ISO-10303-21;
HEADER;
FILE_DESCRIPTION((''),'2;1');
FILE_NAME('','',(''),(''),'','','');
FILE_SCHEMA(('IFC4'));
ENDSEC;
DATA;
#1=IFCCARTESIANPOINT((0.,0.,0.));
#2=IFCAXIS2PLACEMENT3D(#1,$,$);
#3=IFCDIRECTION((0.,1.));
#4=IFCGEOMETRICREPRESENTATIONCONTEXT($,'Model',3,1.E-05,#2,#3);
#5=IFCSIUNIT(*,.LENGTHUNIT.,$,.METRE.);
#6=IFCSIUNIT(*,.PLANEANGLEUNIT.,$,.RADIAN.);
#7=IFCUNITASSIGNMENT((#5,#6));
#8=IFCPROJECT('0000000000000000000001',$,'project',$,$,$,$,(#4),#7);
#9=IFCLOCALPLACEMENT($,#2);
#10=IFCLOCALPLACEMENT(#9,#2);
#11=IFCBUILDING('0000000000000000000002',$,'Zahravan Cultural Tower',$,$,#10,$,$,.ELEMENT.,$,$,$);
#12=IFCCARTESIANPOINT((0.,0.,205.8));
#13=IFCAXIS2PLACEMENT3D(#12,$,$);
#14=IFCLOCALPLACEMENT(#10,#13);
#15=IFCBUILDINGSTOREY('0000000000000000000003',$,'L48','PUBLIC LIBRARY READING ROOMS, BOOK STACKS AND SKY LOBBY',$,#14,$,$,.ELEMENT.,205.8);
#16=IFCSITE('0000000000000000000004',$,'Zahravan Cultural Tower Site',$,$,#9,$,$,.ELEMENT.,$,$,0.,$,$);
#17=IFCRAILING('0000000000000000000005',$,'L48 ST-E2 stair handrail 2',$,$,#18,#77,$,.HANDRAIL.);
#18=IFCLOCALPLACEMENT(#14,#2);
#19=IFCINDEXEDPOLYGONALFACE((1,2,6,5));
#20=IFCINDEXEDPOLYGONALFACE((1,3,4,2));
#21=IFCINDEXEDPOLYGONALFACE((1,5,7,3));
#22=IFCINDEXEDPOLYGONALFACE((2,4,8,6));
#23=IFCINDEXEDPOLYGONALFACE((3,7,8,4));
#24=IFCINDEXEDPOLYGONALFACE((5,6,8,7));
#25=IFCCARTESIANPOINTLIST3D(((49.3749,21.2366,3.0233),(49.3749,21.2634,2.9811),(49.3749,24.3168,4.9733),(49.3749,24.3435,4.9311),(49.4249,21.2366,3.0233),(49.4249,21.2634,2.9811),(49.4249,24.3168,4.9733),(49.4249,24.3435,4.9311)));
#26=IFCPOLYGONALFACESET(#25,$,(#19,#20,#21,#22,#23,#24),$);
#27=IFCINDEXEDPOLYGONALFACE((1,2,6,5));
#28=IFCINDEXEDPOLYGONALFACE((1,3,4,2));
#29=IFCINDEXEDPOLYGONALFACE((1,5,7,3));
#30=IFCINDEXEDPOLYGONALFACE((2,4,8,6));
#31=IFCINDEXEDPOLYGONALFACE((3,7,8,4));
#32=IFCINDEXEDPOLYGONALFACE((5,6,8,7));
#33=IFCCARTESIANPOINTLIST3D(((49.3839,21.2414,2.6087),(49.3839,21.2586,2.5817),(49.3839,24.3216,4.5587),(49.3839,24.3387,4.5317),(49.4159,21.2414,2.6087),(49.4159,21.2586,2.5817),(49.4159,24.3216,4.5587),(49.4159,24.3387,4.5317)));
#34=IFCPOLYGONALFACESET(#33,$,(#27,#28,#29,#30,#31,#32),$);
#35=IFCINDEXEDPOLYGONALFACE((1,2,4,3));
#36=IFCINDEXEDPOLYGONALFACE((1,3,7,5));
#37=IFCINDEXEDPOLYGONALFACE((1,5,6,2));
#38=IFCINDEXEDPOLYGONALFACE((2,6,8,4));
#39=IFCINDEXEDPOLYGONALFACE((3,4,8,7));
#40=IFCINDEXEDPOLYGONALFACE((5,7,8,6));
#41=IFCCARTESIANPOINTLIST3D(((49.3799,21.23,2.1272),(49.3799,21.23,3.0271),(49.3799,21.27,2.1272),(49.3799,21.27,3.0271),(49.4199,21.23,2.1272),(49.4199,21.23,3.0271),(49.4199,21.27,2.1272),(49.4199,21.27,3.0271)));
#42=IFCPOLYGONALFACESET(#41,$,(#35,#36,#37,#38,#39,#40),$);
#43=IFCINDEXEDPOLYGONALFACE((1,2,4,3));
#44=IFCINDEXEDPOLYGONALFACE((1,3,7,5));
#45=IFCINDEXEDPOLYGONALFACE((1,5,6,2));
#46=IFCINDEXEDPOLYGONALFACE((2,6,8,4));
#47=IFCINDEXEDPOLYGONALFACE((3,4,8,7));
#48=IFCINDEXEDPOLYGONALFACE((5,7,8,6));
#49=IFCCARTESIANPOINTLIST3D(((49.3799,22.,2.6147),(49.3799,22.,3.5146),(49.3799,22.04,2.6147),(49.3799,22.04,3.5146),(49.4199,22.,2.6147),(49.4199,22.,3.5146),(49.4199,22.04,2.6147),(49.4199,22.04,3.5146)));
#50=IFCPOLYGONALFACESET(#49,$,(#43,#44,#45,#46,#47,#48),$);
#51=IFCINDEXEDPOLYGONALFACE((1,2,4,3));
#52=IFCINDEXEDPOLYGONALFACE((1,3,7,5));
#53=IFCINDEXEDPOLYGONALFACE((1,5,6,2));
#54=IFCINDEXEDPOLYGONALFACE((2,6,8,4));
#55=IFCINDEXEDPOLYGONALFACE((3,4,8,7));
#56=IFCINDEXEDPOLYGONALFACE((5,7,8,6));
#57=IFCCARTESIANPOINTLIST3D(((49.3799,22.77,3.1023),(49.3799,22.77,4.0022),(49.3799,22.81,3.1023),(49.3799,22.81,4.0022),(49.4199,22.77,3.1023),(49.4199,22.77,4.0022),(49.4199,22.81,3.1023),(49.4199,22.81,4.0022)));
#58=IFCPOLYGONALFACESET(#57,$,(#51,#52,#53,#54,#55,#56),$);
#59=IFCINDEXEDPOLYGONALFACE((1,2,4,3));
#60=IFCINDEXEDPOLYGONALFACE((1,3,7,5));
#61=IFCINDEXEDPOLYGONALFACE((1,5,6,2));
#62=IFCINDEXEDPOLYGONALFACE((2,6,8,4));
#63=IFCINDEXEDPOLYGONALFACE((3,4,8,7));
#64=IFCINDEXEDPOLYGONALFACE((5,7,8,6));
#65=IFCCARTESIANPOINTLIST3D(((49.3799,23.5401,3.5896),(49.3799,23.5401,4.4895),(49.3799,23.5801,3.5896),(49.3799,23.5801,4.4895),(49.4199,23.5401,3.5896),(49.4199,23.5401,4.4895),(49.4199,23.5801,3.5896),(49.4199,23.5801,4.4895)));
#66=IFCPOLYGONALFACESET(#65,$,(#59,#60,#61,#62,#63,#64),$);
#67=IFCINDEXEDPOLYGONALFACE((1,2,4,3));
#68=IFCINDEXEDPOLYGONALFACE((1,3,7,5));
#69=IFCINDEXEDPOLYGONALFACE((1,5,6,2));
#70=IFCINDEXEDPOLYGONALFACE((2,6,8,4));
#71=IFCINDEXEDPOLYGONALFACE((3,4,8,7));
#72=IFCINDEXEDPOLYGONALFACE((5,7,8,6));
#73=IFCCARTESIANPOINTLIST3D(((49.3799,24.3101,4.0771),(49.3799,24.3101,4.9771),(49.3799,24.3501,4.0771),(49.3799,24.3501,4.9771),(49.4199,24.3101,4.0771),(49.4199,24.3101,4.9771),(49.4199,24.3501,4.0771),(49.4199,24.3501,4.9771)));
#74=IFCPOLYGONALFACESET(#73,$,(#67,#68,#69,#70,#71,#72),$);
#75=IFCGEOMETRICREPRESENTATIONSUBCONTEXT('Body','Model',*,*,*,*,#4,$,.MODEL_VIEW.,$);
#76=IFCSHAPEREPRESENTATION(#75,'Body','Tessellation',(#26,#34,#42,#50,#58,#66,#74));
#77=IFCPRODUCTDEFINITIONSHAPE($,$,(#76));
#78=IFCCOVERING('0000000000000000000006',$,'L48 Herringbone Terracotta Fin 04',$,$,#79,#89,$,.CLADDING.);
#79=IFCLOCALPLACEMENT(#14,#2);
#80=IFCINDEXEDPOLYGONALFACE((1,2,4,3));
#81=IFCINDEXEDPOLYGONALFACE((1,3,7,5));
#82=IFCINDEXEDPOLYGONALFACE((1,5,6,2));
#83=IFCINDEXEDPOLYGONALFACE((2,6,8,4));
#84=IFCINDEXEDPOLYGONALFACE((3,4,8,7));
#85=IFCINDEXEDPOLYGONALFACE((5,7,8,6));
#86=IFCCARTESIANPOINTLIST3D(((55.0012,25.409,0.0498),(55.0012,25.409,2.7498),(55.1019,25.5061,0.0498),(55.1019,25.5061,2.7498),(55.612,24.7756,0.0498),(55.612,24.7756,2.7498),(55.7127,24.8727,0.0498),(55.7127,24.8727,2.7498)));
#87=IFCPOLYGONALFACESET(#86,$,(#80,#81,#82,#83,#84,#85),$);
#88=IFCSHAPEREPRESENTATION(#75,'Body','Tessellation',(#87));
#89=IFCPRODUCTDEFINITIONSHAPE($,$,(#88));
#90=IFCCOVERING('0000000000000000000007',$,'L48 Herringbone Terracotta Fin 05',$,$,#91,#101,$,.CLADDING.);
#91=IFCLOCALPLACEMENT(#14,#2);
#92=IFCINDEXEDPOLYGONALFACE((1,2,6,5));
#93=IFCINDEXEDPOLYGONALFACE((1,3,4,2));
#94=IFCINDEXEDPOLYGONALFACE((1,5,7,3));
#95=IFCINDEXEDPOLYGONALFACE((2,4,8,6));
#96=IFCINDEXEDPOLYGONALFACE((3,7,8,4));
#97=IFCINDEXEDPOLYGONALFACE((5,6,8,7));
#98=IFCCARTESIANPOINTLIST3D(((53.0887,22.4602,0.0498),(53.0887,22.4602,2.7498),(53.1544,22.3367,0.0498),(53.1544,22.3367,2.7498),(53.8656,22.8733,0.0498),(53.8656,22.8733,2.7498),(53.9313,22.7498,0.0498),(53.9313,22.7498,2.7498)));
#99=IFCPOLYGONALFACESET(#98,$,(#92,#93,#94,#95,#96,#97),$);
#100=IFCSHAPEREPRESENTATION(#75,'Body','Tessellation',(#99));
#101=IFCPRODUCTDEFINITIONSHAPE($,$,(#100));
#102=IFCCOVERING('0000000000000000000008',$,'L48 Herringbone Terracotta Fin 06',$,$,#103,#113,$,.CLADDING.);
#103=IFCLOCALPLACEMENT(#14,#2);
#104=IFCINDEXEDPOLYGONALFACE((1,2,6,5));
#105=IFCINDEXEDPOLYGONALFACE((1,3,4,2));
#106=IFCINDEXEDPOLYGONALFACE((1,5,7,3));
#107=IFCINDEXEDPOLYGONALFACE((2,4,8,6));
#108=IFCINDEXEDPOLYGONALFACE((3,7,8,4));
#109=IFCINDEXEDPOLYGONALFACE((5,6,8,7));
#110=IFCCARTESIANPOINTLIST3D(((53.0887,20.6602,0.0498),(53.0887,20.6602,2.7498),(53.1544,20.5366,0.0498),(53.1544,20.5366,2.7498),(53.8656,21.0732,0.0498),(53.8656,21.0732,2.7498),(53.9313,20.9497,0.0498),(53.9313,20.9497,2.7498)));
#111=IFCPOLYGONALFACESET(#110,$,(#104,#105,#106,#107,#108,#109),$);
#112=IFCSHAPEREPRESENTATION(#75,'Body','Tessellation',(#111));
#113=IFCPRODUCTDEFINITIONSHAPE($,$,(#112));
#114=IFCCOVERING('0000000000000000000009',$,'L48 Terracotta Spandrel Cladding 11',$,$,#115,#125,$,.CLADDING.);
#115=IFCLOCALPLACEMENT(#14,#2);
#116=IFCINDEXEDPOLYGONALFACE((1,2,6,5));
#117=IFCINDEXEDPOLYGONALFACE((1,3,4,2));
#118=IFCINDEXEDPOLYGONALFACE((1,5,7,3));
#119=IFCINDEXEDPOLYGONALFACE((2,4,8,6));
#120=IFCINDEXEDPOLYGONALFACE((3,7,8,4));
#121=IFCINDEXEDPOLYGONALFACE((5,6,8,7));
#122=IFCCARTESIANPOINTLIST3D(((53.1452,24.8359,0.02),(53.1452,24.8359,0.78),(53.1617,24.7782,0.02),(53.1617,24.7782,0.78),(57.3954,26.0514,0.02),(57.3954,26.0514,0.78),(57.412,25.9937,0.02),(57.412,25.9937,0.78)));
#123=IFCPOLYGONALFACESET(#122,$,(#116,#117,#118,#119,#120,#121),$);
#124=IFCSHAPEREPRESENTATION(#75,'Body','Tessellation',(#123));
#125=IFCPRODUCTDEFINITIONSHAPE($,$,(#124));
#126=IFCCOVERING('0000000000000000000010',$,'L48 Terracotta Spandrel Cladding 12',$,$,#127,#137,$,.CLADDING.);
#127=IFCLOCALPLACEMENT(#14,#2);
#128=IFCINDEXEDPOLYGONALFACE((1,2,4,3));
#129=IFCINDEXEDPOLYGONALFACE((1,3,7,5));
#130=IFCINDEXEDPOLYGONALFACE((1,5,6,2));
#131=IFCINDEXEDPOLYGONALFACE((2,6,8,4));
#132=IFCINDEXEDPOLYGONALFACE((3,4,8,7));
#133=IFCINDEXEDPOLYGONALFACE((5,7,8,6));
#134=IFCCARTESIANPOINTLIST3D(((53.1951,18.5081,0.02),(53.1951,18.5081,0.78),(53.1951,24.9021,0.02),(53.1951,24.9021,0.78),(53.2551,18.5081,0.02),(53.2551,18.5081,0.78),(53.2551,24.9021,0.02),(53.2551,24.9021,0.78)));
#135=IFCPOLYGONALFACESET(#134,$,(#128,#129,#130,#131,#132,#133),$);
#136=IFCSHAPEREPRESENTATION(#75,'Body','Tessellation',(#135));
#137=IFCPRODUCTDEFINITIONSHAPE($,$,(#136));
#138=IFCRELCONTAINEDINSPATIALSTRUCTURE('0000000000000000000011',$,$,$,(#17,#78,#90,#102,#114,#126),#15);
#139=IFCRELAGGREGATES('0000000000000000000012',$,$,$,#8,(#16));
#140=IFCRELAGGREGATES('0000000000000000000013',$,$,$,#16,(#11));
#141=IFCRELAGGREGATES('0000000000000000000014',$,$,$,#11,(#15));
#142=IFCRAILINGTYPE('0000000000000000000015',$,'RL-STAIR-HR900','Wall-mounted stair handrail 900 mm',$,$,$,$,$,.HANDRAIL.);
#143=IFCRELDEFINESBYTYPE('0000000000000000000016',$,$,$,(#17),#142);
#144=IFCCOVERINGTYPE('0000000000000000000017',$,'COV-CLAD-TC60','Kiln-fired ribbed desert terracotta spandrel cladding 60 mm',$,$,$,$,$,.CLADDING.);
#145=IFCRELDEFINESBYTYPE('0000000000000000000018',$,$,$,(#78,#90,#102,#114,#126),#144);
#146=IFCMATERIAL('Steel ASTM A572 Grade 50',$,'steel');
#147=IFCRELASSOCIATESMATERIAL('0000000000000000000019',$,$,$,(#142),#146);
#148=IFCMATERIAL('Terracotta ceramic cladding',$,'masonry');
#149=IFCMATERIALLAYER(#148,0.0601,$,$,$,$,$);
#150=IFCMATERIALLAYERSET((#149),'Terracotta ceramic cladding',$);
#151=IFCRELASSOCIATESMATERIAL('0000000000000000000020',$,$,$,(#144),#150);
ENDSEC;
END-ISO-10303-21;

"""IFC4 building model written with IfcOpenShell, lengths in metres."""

from ifc_helpers import new_model, si_unit, direction, frame, origin, origin_2d, place, context, subcontext, project, spatial, rectangle, extrude, source, transform, mapped, material, layer, layer_set, type_object, element, save


model = new_model("IFC4")

# Units and contexts
model_context = context("Model", 3, precision=1e-05, world=origin(), true_north=direction((0.0, 1.0)))
body_context = subcontext(model_context, "Body", "Model", "MODEL_VIEW")
ifc_project = project(units=[si_unit("LENGTHUNIT", "METRE"), si_unit("PLANEANGLEUNIT", "RADIAN")], contexts=[model_context])

# Site, building, storey
site_placement = place(None, origin())
site = spatial("IfcSite", under=ifc_project, at=site_placement, Name="Zahravan Cultural Tower Site", CompositionType="ELEMENT", RefElevation=0.0)
building_placement = place(site_placement, origin())
building = spatial("IfcBuilding", under=site, at=building_placement, Name="Zahravan Cultural Tower", CompositionType="ELEMENT")
storey_placement = place(building_placement, frame((0.0, 0.0, 205.8)))
storey = spatial("IfcBuildingStorey", under=building, at=storey_placement, Name="L48", Description="PUBLIC LIBRARY READING ROOMS, BOOK STACKS AND SKY LOBBY", CompositionType="ELEMENT", Elevation=205.8)

# Railing
ifc_material_1 = material(Name="Steel ASTM A572 Grade 50", Category="steel")
railing_type_1 = type_object("IfcRailingType", Name="RL-STAIR-HR900", Description="Wall-mounted stair handrail 900 mm", PredefinedType="HANDRAIL", material=ifc_material_1)
railing_1_placement = place(storey_placement, frame((49.3999, 21.25, 2.1272)))
element("IfcRailing", 1, at=railing_1_placement, inside=storey, type_object=railing_type_1, Name="L48 ST-E2 stair handrail 2", PredefinedType="HANDRAIL", context=body_context, shape_type="SweptSolid", body=[
    extrude(rectangle(XDim=0.05, YDim=0.05, at=origin_2d()), frame((0.0, 0.0, 0.875), z_axis=(0.0, 0.844914, 0.534902), x_axis=(-1.0, 0.0, 0.0)), (0.0, 0.0, 1.0), 3.6455),
    extrude(rectangle(XDim=0.032, YDim=0.032, at=origin_2d()), frame((0.0, 0.0, 0.468), z_axis=(0.0, 0.844914, 0.534902), x_axis=(-1.0, 0.0, 0.0)), (0.0, 0.0, 1.0), 3.6455),
    extrude(rectangle(XDim=0.04, YDim=0.04, at=origin_2d()), origin(), (0.0, 0.0, 1.0), 0.8999),
    extrude(rectangle(XDim=0.04, YDim=0.04, at=origin_2d()), frame((0.0, 0.77, 0.4875)), (0.0, 0.0, 1.0), 0.8999),
    extrude(rectangle(XDim=0.04, YDim=0.04, at=origin_2d()), frame((0.0, 1.54, 0.9751)), (0.0, 0.0, 1.0), 0.8999),
    extrude(rectangle(XDim=0.04, YDim=0.04, at=origin_2d()), frame((0.0, 2.3101, 1.4624)), (0.0, 0.0, 1.0), 0.8999),
    extrude(rectangle(XDim=0.04, YDim=0.04, at=origin_2d()), frame((0.0, 3.0801, 1.95)), (0.0, 0.0, 1.0), 0.8999),
])

# Coverings
ifc_material_2 = material(Name="Terracotta ceramic cladding", Category="masonry")
ifc_layer_1 = layer(ifc_material_2, 0.0601)
ifc_layer_set_1 = layer_set([ifc_layer_1], Name="Terracotta ceramic cladding")
covering_type = type_object("IfcCoveringType", Name="COV-CLAD-TC60", Description="Kiln-fired ribbed desert terracotta spandrel cladding 60 mm", PredefinedType="CLADDING", material=ifc_layer_set_1)
shared_shape_1 = source(origin(), body_context, "Body", "SweptSolid", [
    extrude(rectangle(XDim=0.8799, YDim=0.1399, at=origin_2d()), origin(), (0.0, 0.0, 1.0), 2.7),
])
for number, where, z_axis, x_axis, name in (
    (2, (55.3569, 25.1409, 0.0498), (0.0, 0.0, 1.0), (0.694143, -0.719837, 0.0), "L48 Herringbone Terracotta Fin 04"),
    (3, (53.51, 22.605, 0.0498), (0.0, 0.0, 1.0), (0.882948, 0.469472, 0.0), "L48 Herringbone Terracotta Fin 05"),
    (4, (53.51, 20.8049, 0.0498), (0.0, 0.0, 1.0), (0.882948, 0.469472, 0.0), "L48 Herringbone Terracotta Fin 06"),
):
    element("IfcCovering", number, at=place(storey_placement, frame(where, z_axis=z_axis, x_axis=x_axis)), inside=storey, type_object=covering_type, Name=name, PredefinedType="CLADDING", context=body_context, shape_type="MappedRepresentation", body=[
        mapped(shared_shape_1, transform((0.0, 0.0, 0.0), x_axis=(1.0, 0.0, 0.0), y_axis=(0.0, 1.0, 0.0), z_axis=(0.0, 0.0, 1.0), scale=1.0)),
    ])
shared_shape_2 = source(origin(), body_context, "Body", "SweptSolid", [
    extrude(rectangle(XDim=4.4207, YDim=0.0601, at=origin_2d()), origin(), (0.0, 0.0, 1.0), 0.76),
])
covering_1_placement = place(storey_placement, frame((55.2786, 25.4148, 0.02), z_axis=(0.0, 0.0, 1.0), x_axis=(-0.961459, -0.274949, 0.0)))
element("IfcCovering", 5, at=covering_1_placement, inside=storey, type_object=covering_type, Name="L48 Terracotta Spandrel Cladding 11", PredefinedType="CLADDING", context=body_context, shape_type="MappedRepresentation", body=[
    mapped(shared_shape_2, transform((0.0, 0.0, 0.0), x_axis=(1.0, 0.0, 0.0), y_axis=(0.0, 1.0, 0.0), z_axis=(0.0, 0.0, 1.0), scale=1.0)),
])
shared_shape_3 = source(origin(), body_context, "Body", "SweptSolid", [
    extrude(rectangle(XDim=6.394, YDim=0.0601, at=origin_2d()), origin(), (0.0, 0.0, 1.0), 0.76),
])
covering_2_placement = place(storey_placement, frame((53.2251, 21.7051, 0.02), z_axis=(0.0, 0.0, 1.0), x_axis=(0.0, -1.0, 0.0)))
element("IfcCovering", 6, at=covering_2_placement, inside=storey, type_object=covering_type, Name="L48 Terracotta Spandrel Cladding 12", PredefinedType="CLADDING", context=body_context, shape_type="MappedRepresentation", body=[
    mapped(shared_shape_3, transform((0.0, 0.0, 0.0), x_axis=(1.0, 0.0, 0.0), y_axis=(0.0, 1.0, 0.0), z_axis=(0.0, 0.0, 1.0), scale=1.0)),
])

save(model, "model.ifc")
